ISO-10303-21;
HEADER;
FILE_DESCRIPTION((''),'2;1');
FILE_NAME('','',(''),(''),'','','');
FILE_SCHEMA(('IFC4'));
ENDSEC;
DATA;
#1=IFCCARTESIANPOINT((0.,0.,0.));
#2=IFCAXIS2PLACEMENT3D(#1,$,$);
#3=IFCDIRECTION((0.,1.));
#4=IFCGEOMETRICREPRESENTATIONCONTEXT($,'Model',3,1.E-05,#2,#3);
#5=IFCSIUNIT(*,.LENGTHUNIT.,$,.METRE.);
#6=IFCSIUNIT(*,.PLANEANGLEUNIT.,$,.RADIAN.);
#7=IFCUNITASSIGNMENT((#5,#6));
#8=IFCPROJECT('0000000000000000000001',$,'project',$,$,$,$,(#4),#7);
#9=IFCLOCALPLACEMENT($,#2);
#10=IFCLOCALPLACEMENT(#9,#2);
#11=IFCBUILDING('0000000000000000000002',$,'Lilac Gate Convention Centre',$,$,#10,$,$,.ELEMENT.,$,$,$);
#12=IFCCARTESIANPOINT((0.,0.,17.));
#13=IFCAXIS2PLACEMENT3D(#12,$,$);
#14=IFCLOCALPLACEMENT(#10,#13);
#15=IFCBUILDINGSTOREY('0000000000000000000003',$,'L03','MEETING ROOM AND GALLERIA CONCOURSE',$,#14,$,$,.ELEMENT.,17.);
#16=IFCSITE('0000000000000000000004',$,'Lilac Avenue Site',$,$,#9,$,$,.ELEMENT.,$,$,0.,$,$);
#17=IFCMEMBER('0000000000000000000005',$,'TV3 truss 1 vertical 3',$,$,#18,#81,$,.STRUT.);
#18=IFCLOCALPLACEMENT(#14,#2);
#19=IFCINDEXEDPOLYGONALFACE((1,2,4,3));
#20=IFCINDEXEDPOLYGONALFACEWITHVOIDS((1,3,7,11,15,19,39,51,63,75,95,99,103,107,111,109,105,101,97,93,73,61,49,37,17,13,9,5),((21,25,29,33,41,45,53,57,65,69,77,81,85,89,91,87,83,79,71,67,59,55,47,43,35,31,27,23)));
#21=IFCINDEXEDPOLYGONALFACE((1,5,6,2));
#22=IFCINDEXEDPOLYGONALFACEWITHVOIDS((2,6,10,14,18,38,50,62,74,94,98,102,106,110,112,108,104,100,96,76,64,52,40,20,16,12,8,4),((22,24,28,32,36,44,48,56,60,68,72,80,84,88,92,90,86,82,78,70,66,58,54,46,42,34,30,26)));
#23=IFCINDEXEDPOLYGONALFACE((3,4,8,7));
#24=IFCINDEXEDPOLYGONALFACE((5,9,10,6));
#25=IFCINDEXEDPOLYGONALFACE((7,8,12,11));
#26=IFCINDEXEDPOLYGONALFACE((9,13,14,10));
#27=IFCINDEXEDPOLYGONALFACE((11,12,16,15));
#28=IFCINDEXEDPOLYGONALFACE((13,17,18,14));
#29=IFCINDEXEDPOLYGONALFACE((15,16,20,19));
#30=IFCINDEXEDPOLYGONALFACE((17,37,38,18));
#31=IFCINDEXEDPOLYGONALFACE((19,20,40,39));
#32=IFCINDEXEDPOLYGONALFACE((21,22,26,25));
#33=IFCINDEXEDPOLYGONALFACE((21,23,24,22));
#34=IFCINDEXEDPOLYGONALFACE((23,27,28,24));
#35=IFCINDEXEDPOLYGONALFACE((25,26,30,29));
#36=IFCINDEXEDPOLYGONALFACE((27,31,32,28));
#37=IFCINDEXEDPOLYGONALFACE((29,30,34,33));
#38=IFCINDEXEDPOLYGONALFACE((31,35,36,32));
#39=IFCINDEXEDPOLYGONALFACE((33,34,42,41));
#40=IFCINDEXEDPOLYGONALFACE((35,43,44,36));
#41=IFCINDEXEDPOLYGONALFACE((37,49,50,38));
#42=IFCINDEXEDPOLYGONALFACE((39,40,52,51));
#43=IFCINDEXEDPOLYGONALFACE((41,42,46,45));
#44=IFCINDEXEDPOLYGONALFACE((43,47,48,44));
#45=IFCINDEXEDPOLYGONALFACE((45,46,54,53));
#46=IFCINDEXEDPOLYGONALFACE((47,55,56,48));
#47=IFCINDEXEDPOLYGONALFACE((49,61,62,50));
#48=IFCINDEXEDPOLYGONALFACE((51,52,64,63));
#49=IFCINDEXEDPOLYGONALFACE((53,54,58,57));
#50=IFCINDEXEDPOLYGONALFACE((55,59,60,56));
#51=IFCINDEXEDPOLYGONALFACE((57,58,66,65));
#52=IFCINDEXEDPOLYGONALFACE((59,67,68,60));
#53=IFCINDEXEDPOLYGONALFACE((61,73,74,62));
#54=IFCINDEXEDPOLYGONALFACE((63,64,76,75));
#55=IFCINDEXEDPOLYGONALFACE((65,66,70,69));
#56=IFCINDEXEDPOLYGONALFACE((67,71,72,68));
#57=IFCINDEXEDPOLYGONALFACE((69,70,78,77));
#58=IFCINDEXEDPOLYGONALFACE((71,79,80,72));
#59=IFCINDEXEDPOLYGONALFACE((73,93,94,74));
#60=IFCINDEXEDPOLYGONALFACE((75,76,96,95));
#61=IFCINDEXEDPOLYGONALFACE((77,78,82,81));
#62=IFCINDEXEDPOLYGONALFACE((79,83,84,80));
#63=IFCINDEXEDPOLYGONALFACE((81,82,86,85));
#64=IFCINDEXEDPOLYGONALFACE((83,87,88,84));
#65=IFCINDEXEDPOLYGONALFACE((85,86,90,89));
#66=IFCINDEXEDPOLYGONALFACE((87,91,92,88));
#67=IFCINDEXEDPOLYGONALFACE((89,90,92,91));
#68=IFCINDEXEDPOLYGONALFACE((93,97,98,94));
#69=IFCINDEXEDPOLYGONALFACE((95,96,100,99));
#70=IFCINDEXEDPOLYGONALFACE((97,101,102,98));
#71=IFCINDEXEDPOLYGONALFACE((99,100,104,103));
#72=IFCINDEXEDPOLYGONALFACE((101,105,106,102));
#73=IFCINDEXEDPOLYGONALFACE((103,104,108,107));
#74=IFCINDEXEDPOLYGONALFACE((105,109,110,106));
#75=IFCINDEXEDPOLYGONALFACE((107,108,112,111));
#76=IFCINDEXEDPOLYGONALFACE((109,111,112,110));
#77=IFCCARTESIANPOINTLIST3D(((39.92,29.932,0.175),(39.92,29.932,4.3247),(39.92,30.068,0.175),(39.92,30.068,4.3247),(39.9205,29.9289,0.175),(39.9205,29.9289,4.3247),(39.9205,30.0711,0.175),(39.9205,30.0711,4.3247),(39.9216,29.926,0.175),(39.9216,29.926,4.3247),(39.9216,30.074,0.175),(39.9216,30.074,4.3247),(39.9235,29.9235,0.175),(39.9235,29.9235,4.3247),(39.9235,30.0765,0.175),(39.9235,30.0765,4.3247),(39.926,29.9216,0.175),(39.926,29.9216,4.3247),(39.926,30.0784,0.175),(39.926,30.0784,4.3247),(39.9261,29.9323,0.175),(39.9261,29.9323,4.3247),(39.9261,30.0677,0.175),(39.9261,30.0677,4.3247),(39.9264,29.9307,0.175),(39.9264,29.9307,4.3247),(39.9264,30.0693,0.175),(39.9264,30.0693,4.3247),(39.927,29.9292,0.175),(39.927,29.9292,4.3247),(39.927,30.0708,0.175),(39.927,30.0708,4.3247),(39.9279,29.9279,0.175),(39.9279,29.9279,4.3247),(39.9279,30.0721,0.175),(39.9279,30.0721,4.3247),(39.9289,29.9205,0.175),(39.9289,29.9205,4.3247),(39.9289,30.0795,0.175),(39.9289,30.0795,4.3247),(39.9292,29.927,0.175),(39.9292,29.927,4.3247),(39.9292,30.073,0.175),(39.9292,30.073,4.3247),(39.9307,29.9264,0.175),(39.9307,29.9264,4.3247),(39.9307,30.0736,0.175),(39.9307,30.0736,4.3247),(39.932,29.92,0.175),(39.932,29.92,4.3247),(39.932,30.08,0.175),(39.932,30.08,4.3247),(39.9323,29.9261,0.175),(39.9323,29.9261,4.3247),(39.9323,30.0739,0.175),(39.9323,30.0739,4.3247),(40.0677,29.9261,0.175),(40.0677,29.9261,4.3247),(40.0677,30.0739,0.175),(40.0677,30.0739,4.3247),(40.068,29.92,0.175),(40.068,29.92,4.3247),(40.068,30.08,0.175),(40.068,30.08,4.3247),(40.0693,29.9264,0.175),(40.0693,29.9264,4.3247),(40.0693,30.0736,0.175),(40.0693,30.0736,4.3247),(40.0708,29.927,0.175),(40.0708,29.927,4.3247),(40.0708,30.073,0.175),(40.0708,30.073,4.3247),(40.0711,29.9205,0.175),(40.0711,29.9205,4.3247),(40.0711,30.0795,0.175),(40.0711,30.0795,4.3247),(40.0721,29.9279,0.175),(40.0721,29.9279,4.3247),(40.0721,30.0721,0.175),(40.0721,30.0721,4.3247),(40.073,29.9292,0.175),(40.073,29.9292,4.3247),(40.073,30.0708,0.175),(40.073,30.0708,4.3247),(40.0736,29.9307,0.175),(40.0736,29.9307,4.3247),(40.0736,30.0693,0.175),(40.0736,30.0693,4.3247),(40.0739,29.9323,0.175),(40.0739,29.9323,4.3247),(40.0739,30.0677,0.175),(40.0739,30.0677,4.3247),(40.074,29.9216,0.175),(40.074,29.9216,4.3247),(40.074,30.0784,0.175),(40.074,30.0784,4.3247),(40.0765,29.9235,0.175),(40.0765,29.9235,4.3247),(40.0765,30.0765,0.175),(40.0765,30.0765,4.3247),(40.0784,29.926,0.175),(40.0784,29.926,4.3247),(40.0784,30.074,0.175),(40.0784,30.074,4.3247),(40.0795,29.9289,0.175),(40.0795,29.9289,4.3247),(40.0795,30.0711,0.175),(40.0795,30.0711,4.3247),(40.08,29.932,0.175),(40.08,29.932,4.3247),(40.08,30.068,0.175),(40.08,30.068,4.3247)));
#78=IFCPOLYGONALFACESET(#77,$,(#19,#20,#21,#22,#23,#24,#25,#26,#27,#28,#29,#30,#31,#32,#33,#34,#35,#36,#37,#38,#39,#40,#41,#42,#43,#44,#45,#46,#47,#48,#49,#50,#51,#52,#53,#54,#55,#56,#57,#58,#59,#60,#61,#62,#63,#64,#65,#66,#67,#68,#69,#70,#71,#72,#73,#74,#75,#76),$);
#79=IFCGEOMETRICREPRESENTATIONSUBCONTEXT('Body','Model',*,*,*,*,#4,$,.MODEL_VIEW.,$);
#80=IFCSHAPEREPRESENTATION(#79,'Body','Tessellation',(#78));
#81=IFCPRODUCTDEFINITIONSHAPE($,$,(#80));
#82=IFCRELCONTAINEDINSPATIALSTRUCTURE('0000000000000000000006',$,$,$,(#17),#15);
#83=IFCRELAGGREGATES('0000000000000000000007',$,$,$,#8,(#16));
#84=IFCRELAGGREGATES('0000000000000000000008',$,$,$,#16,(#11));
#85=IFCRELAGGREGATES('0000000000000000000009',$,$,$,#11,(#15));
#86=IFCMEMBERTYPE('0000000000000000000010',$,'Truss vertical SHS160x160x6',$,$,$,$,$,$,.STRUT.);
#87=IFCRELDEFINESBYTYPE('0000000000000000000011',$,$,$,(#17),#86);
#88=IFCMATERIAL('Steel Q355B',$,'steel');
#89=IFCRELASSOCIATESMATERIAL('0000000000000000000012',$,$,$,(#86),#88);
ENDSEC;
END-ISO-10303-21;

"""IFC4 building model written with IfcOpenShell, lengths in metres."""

from ifc_helpers import new_model, si_unit, direction, frame, origin, origin_2d, place, context, subcontext, project, spatial, hollow_rectangle, extrude, material, material_profile, profile_set, type_object, element, save


model = new_model("IFC4")

# Units and contexts
model_context = context("Model", 3, precision=1e-05, world=origin(), true_north=direction((0.0, 1.0)))
body_context = subcontext(model_context, "Body", "Model", "MODEL_VIEW")
ifc_project = project(units=[si_unit("LENGTHUNIT", "METRE"), si_unit("PLANEANGLEUNIT", "RADIAN")], contexts=[model_context])

# Site, building, storey
site_placement = place(None, origin())
site = spatial("IfcSite", under=ifc_project, at=site_placement, Name="Lilac Avenue Site", CompositionType="ELEMENT", RefElevation=0.0)
building_placement = place(site_placement, origin())
building = spatial("IfcBuilding", under=site, at=building_placement, Name="Lilac Gate Convention Centre", CompositionType="ELEMENT")
storey_placement = place(building_placement, frame((0.0, 0.0, 17.0)))
storey = spatial("IfcBuildingStorey", under=building, at=storey_placement, Name="L03", Description="MEETING ROOM AND GALLERIA CONCOURSE", CompositionType="ELEMENT", Elevation=17.0)

# Member
ifc_material = material(Name="Steel Q355B", Category="steel")
ifc_material_profile_1 = material_profile(ifc_material, hollow_rectangle(XDim=0.1599, YDim=0.1599, WallThickness=0.0061, InnerFilletRadius=0.0061, OuterFilletRadius=0.012, at=origin_2d()), Name="SHS160x160x6")
ifc_profile_set_1 = profile_set([ifc_material_profile_1], Name="Steel Q355B")
member_type_1 = type_object("IfcMemberType", Name="Truss vertical SHS160x160x6", PredefinedType="STRUT", material=ifc_profile_set_1)
member_1_placement = place(storey_placement, frame((40.0, 30.0, 0.175), z_axis=(0.0, 0.0, 1.0), x_axis=(1.0, 0.0, 0.0)))
element("IfcMember", 1, at=member_1_placement, inside=storey, type_object=member_type_1, Name="TV3 truss 1 vertical 3", PredefinedType="STRUT", context=body_context, shape_type="SweptSolid", body=[
    extrude(hollow_rectangle(XDim=0.1599, YDim=0.1599, WallThickness=0.0061, InnerFilletRadius=0.0061, OuterFilletRadius=0.012, at=origin_2d()), origin(), (0.0, 0.0, 1.0), 4.1497),
])

save(model, "model.ifc")
